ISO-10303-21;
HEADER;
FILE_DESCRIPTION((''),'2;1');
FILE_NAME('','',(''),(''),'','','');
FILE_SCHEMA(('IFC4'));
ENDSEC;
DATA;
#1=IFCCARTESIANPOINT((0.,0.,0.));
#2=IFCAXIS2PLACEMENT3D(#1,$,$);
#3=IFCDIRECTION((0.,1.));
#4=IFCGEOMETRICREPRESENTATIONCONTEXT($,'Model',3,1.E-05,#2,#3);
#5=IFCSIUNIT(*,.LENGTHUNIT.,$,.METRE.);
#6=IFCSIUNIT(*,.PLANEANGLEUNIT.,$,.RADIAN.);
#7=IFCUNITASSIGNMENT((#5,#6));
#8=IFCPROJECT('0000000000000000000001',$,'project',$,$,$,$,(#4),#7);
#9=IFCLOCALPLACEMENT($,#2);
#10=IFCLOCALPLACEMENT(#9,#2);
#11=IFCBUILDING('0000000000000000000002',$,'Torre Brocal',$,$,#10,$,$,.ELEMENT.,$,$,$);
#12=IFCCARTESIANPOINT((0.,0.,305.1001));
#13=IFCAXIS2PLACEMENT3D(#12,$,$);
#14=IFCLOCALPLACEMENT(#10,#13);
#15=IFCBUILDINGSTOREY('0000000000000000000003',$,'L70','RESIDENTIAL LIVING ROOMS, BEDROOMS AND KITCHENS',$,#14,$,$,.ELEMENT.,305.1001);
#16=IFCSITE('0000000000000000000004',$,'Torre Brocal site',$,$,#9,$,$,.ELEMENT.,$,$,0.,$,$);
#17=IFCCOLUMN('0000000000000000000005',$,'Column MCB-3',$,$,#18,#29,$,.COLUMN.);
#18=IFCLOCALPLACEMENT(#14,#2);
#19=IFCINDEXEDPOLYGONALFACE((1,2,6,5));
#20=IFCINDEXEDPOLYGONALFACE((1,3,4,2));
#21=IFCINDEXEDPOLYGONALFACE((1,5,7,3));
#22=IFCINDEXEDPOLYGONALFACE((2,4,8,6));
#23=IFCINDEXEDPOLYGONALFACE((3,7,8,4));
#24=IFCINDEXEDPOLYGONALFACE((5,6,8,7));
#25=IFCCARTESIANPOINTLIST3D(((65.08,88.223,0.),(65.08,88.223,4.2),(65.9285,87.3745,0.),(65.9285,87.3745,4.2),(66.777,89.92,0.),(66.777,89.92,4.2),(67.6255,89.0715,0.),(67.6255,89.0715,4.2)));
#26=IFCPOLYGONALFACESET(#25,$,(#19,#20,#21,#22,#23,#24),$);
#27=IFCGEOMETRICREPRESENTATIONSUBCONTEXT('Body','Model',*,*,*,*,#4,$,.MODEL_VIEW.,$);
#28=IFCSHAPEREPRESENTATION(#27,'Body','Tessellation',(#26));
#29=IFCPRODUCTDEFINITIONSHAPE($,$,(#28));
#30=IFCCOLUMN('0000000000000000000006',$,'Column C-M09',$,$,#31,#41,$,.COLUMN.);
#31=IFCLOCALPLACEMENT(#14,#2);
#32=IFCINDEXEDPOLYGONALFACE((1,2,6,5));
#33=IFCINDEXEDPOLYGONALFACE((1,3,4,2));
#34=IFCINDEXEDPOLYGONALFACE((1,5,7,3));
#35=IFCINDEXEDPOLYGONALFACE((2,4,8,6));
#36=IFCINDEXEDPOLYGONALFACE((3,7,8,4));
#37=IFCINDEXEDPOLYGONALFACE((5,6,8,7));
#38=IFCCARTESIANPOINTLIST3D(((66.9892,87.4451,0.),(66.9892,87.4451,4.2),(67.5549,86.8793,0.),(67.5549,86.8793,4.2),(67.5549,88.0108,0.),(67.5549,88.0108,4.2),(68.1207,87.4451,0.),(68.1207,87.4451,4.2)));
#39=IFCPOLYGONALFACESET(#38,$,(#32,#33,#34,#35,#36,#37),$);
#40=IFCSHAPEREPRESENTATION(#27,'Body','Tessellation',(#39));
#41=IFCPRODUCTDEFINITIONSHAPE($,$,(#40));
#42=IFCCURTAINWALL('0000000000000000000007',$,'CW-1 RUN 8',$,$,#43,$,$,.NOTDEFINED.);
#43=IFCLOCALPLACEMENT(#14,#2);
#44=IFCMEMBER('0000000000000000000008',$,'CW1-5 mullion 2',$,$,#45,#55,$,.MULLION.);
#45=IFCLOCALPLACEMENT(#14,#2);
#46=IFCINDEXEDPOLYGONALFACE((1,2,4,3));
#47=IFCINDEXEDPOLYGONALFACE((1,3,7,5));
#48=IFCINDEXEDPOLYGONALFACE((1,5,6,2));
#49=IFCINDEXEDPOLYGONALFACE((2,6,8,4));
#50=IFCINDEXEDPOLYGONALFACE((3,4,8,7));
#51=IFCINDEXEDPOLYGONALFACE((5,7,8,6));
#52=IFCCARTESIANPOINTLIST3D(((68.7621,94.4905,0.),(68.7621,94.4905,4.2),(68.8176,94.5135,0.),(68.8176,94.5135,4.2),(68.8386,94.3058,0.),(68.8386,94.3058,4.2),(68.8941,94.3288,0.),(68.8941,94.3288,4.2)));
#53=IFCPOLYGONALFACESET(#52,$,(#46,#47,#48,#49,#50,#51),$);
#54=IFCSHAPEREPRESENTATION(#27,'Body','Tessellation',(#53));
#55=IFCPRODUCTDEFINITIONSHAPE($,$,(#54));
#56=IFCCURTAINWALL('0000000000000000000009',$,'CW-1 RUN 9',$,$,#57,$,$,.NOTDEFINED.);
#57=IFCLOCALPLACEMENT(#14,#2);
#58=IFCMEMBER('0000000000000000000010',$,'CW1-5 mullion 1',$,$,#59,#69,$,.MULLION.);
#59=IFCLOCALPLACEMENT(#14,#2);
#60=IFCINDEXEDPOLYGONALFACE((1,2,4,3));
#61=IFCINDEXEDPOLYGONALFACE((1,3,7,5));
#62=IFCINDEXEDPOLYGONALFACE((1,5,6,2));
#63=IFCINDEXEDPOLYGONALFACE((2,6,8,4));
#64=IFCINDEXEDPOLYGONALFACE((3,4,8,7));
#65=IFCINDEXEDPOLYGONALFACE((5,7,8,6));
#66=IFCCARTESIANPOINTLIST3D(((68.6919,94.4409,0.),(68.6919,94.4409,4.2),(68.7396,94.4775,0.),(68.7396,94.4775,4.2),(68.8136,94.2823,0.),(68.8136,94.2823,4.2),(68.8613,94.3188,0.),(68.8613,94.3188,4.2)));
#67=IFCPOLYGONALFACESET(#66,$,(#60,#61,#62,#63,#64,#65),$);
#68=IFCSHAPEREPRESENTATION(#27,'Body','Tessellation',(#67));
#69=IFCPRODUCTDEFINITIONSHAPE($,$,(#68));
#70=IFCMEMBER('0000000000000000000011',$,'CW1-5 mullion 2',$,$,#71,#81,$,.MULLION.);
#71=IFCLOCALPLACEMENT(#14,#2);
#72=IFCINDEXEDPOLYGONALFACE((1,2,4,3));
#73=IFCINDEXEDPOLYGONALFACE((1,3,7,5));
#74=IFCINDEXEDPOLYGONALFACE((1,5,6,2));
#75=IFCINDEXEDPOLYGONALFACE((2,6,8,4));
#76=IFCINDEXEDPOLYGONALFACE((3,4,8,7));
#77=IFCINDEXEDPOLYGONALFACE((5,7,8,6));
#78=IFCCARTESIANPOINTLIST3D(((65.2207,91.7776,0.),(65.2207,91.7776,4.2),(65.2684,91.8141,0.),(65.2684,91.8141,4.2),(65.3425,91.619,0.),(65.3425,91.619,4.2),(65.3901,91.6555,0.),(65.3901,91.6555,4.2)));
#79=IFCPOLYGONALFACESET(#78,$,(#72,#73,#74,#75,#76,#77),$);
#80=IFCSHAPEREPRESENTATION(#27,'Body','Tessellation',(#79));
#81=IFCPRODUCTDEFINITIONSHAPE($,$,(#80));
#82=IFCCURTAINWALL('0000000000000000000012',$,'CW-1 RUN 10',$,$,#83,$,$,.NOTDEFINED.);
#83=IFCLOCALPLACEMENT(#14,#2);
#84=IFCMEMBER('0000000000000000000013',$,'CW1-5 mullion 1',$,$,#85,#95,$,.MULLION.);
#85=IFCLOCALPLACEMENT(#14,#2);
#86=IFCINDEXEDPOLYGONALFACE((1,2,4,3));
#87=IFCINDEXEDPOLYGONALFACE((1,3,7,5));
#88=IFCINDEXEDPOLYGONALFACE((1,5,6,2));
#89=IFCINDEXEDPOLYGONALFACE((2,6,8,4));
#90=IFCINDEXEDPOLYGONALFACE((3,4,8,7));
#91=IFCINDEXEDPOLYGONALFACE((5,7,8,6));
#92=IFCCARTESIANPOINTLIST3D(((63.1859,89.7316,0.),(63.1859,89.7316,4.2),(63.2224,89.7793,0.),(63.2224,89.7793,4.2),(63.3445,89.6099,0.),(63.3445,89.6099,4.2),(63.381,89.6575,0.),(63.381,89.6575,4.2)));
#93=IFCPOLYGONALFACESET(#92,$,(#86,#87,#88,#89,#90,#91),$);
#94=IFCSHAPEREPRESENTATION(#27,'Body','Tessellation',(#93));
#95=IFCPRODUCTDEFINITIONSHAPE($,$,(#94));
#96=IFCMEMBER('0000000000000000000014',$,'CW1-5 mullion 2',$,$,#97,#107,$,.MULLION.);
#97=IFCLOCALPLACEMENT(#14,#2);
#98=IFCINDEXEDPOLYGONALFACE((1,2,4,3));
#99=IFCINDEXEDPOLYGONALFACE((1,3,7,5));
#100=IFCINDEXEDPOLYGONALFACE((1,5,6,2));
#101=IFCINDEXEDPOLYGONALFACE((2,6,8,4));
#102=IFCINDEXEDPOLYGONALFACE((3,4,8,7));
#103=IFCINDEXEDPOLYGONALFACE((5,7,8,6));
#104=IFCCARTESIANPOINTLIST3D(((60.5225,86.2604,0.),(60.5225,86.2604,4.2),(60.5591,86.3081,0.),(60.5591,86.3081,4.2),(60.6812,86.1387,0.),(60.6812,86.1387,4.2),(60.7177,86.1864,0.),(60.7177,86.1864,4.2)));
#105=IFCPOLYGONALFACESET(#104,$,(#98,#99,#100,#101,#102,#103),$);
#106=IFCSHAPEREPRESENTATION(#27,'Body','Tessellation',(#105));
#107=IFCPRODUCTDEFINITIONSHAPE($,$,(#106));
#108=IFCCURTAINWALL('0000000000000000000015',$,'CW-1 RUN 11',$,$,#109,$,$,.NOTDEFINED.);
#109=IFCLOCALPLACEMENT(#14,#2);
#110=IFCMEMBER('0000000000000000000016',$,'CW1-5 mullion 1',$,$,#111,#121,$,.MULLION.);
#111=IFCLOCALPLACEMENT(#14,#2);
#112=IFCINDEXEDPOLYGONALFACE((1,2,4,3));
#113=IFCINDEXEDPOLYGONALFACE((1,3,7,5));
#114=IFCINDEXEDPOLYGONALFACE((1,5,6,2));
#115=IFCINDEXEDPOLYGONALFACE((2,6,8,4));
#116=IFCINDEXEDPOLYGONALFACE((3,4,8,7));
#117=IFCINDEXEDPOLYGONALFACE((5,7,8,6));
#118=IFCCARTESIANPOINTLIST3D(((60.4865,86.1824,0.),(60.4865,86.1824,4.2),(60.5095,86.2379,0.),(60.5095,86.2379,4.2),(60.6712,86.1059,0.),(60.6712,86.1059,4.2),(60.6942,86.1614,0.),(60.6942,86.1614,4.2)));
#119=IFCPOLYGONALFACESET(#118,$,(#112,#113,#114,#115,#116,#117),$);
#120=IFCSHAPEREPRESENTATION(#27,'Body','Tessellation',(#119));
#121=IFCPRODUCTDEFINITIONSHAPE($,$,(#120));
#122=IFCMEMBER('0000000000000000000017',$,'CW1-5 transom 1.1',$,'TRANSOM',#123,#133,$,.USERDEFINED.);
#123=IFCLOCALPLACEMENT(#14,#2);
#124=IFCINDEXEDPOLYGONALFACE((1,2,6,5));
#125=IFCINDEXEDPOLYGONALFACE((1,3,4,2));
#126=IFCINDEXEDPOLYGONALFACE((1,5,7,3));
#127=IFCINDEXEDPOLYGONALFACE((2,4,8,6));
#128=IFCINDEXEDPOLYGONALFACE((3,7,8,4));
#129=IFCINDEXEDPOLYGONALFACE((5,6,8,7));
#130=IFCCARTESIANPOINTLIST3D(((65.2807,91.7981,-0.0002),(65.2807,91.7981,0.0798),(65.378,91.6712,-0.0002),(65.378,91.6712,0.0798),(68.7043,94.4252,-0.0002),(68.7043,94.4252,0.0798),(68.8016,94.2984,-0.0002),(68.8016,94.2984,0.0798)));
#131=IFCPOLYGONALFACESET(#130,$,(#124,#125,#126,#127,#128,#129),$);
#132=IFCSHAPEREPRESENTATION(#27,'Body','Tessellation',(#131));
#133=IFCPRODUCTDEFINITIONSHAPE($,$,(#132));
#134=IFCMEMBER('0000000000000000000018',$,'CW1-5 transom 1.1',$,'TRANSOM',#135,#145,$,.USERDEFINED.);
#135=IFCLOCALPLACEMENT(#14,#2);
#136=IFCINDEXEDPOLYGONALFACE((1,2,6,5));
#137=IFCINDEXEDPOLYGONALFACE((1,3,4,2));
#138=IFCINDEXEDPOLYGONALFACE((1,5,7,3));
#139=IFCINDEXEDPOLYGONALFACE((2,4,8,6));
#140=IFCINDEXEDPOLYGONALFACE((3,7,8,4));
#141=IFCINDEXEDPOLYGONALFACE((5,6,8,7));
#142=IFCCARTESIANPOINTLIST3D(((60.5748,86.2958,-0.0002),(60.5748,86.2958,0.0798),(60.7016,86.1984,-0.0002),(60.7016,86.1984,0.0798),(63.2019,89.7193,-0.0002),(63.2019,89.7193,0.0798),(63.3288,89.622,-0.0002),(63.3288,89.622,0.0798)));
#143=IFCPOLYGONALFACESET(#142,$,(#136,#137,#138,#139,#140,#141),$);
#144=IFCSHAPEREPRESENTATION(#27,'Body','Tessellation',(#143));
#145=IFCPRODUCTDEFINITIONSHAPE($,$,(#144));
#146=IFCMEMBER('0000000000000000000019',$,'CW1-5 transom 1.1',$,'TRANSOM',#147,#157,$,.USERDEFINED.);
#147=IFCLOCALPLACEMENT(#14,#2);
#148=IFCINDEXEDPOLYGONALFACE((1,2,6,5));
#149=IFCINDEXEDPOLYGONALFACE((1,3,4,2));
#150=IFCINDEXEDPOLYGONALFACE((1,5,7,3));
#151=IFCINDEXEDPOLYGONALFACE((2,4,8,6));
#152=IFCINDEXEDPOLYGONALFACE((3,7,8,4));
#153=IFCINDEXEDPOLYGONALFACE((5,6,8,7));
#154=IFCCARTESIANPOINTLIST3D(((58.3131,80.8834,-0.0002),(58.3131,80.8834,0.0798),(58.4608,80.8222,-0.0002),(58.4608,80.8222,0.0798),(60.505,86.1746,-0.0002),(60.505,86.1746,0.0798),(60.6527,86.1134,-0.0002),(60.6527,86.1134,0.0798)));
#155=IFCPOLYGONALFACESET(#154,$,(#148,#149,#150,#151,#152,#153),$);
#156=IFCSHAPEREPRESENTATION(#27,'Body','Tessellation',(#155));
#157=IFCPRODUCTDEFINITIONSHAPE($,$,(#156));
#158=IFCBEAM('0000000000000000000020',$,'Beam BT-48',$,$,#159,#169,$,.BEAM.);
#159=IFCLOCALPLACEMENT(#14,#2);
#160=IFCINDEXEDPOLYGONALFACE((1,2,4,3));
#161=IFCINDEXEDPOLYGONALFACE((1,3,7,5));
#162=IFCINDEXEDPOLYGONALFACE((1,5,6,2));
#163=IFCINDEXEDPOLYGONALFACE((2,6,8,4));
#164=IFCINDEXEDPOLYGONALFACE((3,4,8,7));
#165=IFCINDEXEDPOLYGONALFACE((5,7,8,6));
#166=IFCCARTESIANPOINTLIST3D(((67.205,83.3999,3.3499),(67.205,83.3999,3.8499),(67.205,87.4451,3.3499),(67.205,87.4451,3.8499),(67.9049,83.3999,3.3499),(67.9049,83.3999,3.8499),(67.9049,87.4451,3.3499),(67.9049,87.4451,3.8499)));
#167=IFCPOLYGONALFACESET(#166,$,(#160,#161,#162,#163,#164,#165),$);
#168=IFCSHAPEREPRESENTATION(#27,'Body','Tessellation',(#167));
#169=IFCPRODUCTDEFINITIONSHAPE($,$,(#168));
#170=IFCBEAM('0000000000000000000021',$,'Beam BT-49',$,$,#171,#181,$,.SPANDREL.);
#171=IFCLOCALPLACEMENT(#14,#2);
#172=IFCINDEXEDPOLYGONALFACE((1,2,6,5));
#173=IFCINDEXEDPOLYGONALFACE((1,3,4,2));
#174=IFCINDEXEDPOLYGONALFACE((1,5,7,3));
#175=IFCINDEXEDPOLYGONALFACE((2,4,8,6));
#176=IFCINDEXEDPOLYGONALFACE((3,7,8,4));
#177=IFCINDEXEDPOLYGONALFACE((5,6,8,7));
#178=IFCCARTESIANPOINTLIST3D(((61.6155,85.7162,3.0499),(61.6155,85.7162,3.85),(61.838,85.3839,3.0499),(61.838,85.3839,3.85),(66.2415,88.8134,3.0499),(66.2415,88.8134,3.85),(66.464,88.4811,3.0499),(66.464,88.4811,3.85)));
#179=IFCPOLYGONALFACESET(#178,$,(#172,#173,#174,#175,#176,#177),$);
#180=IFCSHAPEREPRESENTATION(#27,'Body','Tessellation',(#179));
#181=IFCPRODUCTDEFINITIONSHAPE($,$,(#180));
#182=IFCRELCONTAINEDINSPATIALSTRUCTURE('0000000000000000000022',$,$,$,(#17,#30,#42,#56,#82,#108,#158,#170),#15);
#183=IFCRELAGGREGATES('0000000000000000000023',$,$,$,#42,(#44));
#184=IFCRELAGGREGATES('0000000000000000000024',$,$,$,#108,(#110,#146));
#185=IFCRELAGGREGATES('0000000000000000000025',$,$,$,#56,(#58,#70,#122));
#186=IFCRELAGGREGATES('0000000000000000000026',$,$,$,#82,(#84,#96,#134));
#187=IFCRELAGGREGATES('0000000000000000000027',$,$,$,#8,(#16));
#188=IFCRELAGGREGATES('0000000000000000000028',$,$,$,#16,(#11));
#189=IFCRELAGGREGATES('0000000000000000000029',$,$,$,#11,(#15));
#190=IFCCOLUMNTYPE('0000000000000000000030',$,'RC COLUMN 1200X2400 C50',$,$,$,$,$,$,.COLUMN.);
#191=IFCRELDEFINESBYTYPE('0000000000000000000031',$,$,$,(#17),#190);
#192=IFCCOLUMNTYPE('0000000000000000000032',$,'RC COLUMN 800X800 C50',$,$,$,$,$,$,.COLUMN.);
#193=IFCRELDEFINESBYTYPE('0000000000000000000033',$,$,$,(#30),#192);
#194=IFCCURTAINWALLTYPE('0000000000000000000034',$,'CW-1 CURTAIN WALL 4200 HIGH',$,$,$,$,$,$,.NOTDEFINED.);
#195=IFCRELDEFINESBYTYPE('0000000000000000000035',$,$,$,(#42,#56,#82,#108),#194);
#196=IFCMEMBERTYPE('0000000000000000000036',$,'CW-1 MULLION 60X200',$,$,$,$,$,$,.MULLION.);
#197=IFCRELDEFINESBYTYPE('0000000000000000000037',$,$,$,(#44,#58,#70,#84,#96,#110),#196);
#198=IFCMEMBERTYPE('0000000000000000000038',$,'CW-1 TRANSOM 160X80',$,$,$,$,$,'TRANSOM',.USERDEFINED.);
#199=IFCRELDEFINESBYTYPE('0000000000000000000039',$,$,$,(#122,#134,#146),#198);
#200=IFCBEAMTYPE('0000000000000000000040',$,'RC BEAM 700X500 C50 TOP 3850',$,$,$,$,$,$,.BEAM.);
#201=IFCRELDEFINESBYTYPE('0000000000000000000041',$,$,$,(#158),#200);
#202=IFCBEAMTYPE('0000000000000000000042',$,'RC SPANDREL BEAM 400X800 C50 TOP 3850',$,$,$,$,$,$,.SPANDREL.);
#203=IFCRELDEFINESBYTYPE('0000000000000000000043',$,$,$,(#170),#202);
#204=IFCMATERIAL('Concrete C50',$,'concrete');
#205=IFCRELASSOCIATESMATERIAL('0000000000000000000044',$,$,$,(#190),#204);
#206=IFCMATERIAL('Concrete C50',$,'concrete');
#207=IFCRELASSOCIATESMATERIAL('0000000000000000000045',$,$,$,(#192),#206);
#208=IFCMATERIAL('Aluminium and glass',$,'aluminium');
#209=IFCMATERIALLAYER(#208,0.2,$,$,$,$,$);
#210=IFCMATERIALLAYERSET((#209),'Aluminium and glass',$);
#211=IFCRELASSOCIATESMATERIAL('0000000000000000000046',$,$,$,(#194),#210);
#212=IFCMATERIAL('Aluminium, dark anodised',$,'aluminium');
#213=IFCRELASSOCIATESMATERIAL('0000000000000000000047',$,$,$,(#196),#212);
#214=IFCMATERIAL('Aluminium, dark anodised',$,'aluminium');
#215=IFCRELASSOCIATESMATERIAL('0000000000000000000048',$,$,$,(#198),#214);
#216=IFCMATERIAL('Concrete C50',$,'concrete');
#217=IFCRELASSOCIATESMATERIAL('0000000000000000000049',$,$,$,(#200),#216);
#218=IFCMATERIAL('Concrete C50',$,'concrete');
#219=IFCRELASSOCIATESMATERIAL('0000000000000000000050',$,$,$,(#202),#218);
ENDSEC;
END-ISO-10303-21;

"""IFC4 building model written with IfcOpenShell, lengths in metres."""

from ifc_helpers import new_model, si_unit, direction, frame, origin, origin_2d, place, context, subcontext, project, spatial, rectangle, extrude, material, layer, layer_set, material_profile, profile_set, type_object, element, aggregate, save


model = new_model("IFC4")

# Units and contexts
model_context = context("Model", 3, precision=1e-05, world=origin(), true_north=direction((0.0, 1.0)))
body_context = subcontext(model_context, "Body", "Model", "MODEL_VIEW")
ifc_project = project(units=[si_unit("LENGTHUNIT", "METRE"), si_unit("PLANEANGLEUNIT", "RADIAN")], contexts=[model_context])

# Site, building, storey
site_placement = place(None, origin())
site = spatial("IfcSite", under=ifc_project, at=site_placement, Name="Torre Brocal site", CompositionType="ELEMENT", RefElevation=0.0)
building_placement = place(site_placement, origin())
building = spatial("IfcBuilding", under=site, at=building_placement, Name="Torre Brocal", CompositionType="ELEMENT")
storey_placement = place(building_placement, frame((0.0, 0.0, 305.1001)))
storey = spatial("IfcBuildingStorey", under=building, at=storey_placement, Name="L70", Description="RESIDENTIAL LIVING ROOMS, BEDROOMS AND KITCHENS", CompositionType="ELEMENT", Elevation=305.1001)

# Columns
ifc_material_1 = material(Name="Concrete C50", Category="concrete")
ifc_material_profile_1 = material_profile(ifc_material_1, rectangle(XDim=1.2, YDim=2.3999, at=origin_2d()), Name="RC 1200X2400")
ifc_profile_set_1 = profile_set([ifc_material_profile_1], Name="Concrete C50")
column_type_1 = type_object("IfcColumnType", Name="RC COLUMN 1200X2400 C50", PredefinedType="COLUMN", material=ifc_profile_set_1)
column_1_placement = place(storey_placement, frame((66.3528, 88.6472, 0.0), z_axis=(0.0, 0.0, 1.0), x_axis=(-0.707107, 0.707107, 0.0)))
element("IfcColumn", 1, at=column_1_placement, inside=storey, type_object=column_type_1, Name="Column MCB-3", PredefinedType="COLUMN", context=body_context, shape_type="SweptSolid", body=[
    extrude(rectangle(XDim=1.2, YDim=2.3999, at=origin_2d()), origin(), (0.0, 0.0, 1.0), 4.2),
])
ifc_material_2 = material(Name="Concrete C50", Category="concrete")
ifc_material_profile_2 = material_profile(ifc_material_2, rectangle(XDim=0.8, YDim=0.8, at=origin_2d()), Name="RC 800X800")
ifc_profile_set_2 = profile_set([ifc_material_profile_2], Name="Concrete C50")
column_type_2 = type_object("IfcColumnType", Name="RC COLUMN 800X800 C50", PredefinedType="COLUMN", material=ifc_profile_set_2)
column_2_placement = place(storey_placement, frame((67.5549, 87.4451, 0.0), z_axis=(0.0, 0.0, 1.0), x_axis=(-0.707107, 0.707107, 0.0)))
element("IfcColumn", 2, at=column_2_placement, inside=storey, type_object=column_type_2, Name="Column C-M09", PredefinedType="COLUMN", context=body_context, shape_type="SweptSolid", body=[
    extrude(rectangle(XDim=0.8, YDim=0.8, at=origin_2d()), origin(), (0.0, 0.0, 1.0), 4.2),
])

# Curtain wall, member
ifc_material_3 = material(Name="Aluminium and glass", Category="aluminium")
ifc_layer_1 = layer(ifc_material_3, 0.2)
ifc_layer_set_1 = layer_set([ifc_layer_1], Name="Aluminium and glass")
curtain_wall_type = type_object("IfcCurtainWallType", Name="CW-1 CURTAIN WALL 4200 HIGH", PredefinedType="NOTDEFINED", material=ifc_layer_set_1)
curtain_wall_1_placement = place(storey_placement, origin())
curtain_wall_1 = element("IfcCurtainWall", 3, at=curtain_wall_1_placement, inside=storey, type_object=curtain_wall_type, Name="CW-1 RUN 8", PredefinedType="NOTDEFINED")
ifc_material_4 = material(Name="Aluminium, dark anodised", Category="aluminium")
ifc_material_profile_3 = material_profile(ifc_material_4, rectangle(XDim=0.2, YDim=0.0601, at=origin_2d()), Name="CW-1 MULLION 60X200")
ifc_profile_set_3 = profile_set([ifc_material_profile_3], Name="Aluminium, dark anodised")
member_type_1 = type_object("IfcMemberType", Name="CW-1 MULLION 60X200", PredefinedType="MULLION", material=ifc_profile_set_3)
member_1_placement = place(storey_placement, frame((68.8281, 94.4097, 0.0), z_axis=(0.0, 0.0, 1.0), x_axis=(0.382683, -0.92388, 0.0)))
member_1 = element("IfcMember", 4, at=member_1_placement, type_object=member_type_1, Name="CW1-5 mullion 2", PredefinedType="MULLION", context=body_context, shape_type="SweptSolid", body=[
    extrude(rectangle(XDim=0.2, YDim=0.0601, at=origin_2d()), origin(), (0.0, 0.0, 1.0), 4.2),
])
aggregate(curtain_wall_1, [member_1])

# Curtain walls, members
curtain_wall_2_placement = place(storey_placement, origin())
curtain_wall_2 = element("IfcCurtainWall", 5, at=curtain_wall_2_placement, inside=storey, type_object=curtain_wall_type, Name="CW-1 RUN 9", PredefinedType="NOTDEFINED")
member_2_placement = place(storey_placement, frame((68.7766, 94.3799, 0.0), z_axis=(0.0, 0.0, 1.0), x_axis=(0.608761, -0.793353, 0.0)))
member_2 = element("IfcMember", 6, at=member_2_placement, type_object=member_type_1, Name="CW1-5 mullion 1", PredefinedType="MULLION", context=body_context, shape_type="SweptSolid", body=[
    extrude(rectangle(XDim=0.2, YDim=0.0601, at=origin_2d()), origin(), (0.0, 0.0, 1.0), 4.2),
])
member_3_placement = place(storey_placement, frame((65.3054, 91.7166, 0.0), z_axis=(0.0, 0.0, 1.0), x_axis=(0.608761, -0.793353, 0.0)))
member_3 = element("IfcMember", 7, at=member_3_placement, type_object=member_type_1, Name="CW1-5 mullion 2", PredefinedType="MULLION", context=body_context, shape_type="SweptSolid", body=[
    extrude(rectangle(XDim=0.2, YDim=0.0601, at=origin_2d()), origin(), (0.0, 0.0, 1.0), 4.2),
])
curtain_wall_3_placement = place(storey_placement, origin())
curtain_wall_3 = element("IfcCurtainWall", 8, at=curtain_wall_3_placement, inside=storey, type_object=curtain_wall_type, Name="CW-1 RUN 10", PredefinedType="NOTDEFINED")
member_4_placement = place(storey_placement, frame((63.2834, 89.6946, 0.0), z_axis=(0.0, 0.0, 1.0), x_axis=(0.793353, -0.608761, 0.0)))
member_4 = element("IfcMember", 9, at=member_4_placement, type_object=member_type_1, Name="CW1-5 mullion 1", PredefinedType="MULLION", context=body_context, shape_type="SweptSolid", body=[
    extrude(rectangle(XDim=0.2, YDim=0.0601, at=origin_2d()), origin(), (0.0, 0.0, 1.0), 4.2),
])
member_5_placement = place(storey_placement, frame((60.6201, 86.2234, 0.0), z_axis=(0.0, 0.0, 1.0), x_axis=(0.793353, -0.608761, 0.0)))
member_5 = element("IfcMember", 10, at=member_5_placement, type_object=member_type_1, Name="CW1-5 mullion 2", PredefinedType="MULLION", context=body_context, shape_type="SweptSolid", body=[
    extrude(rectangle(XDim=0.2, YDim=0.0601, at=origin_2d()), origin(), (0.0, 0.0, 1.0), 4.2),
])

# Curtain wall, member
curtain_wall_4_placement = place(storey_placement, origin())
curtain_wall_4 = element("IfcCurtainWall", 11, at=curtain_wall_4_placement, inside=storey, type_object=curtain_wall_type, Name="CW-1 RUN 11", PredefinedType="NOTDEFINED")
member_6_placement = place(storey_placement, frame((60.5903, 86.1719, 0.0), z_axis=(0.0, 0.0, 1.0), x_axis=(0.92388, -0.382683, 0.0)))
member_6 = element("IfcMember", 12, at=member_6_placement, type_object=member_type_1, Name="CW1-5 mullion 1", PredefinedType="MULLION", context=body_context, shape_type="SweptSolid", body=[
    extrude(rectangle(XDim=0.2, YDim=0.0601, at=origin_2d()), origin(), (0.0, 0.0, 1.0), 4.2),
])

# Members
ifc_material_5 = material(Name="Aluminium, dark anodised", Category="aluminium")
ifc_material_profile_4 = material_profile(ifc_material_5, rectangle(XDim=0.1599, YDim=0.0801, at=origin_2d()), Name="CW-1 TRANSOM 160X80")
ifc_profile_set_4 = profile_set([ifc_material_profile_4], Name="Aluminium, dark anodised")
member_type_2 = type_object("IfcMemberType", Name="CW-1 TRANSOM 160X80", ElementType="TRANSOM", PredefinedType="USERDEFINED", material=ifc_profile_set_4)
member_7_placement = place(storey_placement, frame((68.7529, 94.3618, 0.0398), z_axis=(-0.793332, -0.608789, 0.0), x_axis=(0.608789, -0.793332, 0.0)))
member_7 = element("IfcMember", 13, at=member_7_placement, type_object=member_type_2, Name="CW1-5 transom 1.1", ObjectType="TRANSOM", PredefinedType="USERDEFINED", context=body_context, shape_type="SweptSolid", body=[
    extrude(rectangle(XDim=0.1599, YDim=0.0801, at=origin_2d()), origin(), (0.0, 0.0, 1.0), 4.3154),
])
member_8_placement = place(storey_placement, frame((63.2654, 89.6707, 0.0398), z_axis=(-0.608789, -0.793332, 0.0), x_axis=(0.793332, -0.608789, 0.0)))
member_8 = element("IfcMember", 14, at=member_8_placement, type_object=member_type_2, Name="CW1-5 transom 1.1", ObjectType="TRANSOM", PredefinedType="USERDEFINED", context=body_context, shape_type="SweptSolid", body=[
    extrude(rectangle(XDim=0.1599, YDim=0.0801, at=origin_2d()), origin(), (0.0, 0.0, 1.0), 4.3154),
])
member_9_placement = place(storey_placement, frame((60.5789, 86.144, 0.0398), z_axis=(-0.382711, -0.923868, 0.0), x_axis=(0.923868, -0.382711, 0.0)))
member_9 = element("IfcMember", 15, at=member_9_placement, type_object=member_type_2, Name="CW1-5 transom 1.1", ObjectType="TRANSOM", PredefinedType="USERDEFINED", context=body_context, shape_type="SweptSolid", body=[
    extrude(rectangle(XDim=0.1599, YDim=0.0801, at=origin_2d()), origin(), (0.0, 0.0, 1.0), 5.7273),
])
aggregate(curtain_wall_4, [member_6, member_9])

# Beams
ifc_material_6 = material(Name="Concrete C50", Category="concrete")
ifc_material_profile_5 = material_profile(ifc_material_6, rectangle(XDim=0.7, YDim=0.5, at=origin_2d()), Name="RC 700X500")
ifc_profile_set_5 = profile_set([ifc_material_profile_5], Name="Concrete C50")
beam_type_1 = type_object("IfcBeamType", Name="RC BEAM 700X500 C50 TOP 3850", PredefinedType="BEAM", material=ifc_profile_set_5)
beam_1_placement = place(storey_placement, frame((67.5549, 87.4451, 3.5999), z_axis=(0.0, -1.0, 0.0), x_axis=(1.0, 0.0, 0.0)))
element("IfcBeam", 16, at=beam_1_placement, inside=storey, type_object=beam_type_1, Name="Beam BT-48", PredefinedType="BEAM", context=body_context, shape_type="SweptSolid", body=[
    extrude(rectangle(XDim=0.7, YDim=0.5, at=origin_2d()), origin(), (0.0, 0.0, 1.0), 4.0452),
])
ifc_material_7 = material(Name="Concrete C50", Category="concrete")
ifc_material_profile_6 = material_profile(ifc_material_7, rectangle(XDim=0.3999, YDim=0.8, at=origin_2d()), Name="RC 400X800")
ifc_profile_set_6 = profile_set([ifc_material_profile_6], Name="Concrete C50")
beam_type_2 = type_object("IfcBeamType", Name="RC SPANDREL BEAM 400X800 C50 TOP 3850", PredefinedType="SPANDREL", material=ifc_profile_set_6)
beam_2_placement = place(storey_placement, frame((66.3528, 88.6472, 3.45), z_axis=(-0.830956, -0.556339, 0.0), x_axis=(0.556339, -0.830956, 0.0)))
element("IfcBeam", 17, at=beam_2_placement, inside=storey, type_object=beam_type_2, Name="Beam BT-49", PredefinedType="SPANDREL", context=body_context, shape_type="SweptSolid", body=[
    extrude(rectangle(XDim=0.3999, YDim=0.8, at=origin_2d()), origin(), (0.0, 0.0, 1.0), 5.5671),
])

aggregate(curtain_wall_2, [member_2, member_3, member_7])
aggregate(curtain_wall_3, [member_4, member_5, member_8])

save(model, "model.ifc")
